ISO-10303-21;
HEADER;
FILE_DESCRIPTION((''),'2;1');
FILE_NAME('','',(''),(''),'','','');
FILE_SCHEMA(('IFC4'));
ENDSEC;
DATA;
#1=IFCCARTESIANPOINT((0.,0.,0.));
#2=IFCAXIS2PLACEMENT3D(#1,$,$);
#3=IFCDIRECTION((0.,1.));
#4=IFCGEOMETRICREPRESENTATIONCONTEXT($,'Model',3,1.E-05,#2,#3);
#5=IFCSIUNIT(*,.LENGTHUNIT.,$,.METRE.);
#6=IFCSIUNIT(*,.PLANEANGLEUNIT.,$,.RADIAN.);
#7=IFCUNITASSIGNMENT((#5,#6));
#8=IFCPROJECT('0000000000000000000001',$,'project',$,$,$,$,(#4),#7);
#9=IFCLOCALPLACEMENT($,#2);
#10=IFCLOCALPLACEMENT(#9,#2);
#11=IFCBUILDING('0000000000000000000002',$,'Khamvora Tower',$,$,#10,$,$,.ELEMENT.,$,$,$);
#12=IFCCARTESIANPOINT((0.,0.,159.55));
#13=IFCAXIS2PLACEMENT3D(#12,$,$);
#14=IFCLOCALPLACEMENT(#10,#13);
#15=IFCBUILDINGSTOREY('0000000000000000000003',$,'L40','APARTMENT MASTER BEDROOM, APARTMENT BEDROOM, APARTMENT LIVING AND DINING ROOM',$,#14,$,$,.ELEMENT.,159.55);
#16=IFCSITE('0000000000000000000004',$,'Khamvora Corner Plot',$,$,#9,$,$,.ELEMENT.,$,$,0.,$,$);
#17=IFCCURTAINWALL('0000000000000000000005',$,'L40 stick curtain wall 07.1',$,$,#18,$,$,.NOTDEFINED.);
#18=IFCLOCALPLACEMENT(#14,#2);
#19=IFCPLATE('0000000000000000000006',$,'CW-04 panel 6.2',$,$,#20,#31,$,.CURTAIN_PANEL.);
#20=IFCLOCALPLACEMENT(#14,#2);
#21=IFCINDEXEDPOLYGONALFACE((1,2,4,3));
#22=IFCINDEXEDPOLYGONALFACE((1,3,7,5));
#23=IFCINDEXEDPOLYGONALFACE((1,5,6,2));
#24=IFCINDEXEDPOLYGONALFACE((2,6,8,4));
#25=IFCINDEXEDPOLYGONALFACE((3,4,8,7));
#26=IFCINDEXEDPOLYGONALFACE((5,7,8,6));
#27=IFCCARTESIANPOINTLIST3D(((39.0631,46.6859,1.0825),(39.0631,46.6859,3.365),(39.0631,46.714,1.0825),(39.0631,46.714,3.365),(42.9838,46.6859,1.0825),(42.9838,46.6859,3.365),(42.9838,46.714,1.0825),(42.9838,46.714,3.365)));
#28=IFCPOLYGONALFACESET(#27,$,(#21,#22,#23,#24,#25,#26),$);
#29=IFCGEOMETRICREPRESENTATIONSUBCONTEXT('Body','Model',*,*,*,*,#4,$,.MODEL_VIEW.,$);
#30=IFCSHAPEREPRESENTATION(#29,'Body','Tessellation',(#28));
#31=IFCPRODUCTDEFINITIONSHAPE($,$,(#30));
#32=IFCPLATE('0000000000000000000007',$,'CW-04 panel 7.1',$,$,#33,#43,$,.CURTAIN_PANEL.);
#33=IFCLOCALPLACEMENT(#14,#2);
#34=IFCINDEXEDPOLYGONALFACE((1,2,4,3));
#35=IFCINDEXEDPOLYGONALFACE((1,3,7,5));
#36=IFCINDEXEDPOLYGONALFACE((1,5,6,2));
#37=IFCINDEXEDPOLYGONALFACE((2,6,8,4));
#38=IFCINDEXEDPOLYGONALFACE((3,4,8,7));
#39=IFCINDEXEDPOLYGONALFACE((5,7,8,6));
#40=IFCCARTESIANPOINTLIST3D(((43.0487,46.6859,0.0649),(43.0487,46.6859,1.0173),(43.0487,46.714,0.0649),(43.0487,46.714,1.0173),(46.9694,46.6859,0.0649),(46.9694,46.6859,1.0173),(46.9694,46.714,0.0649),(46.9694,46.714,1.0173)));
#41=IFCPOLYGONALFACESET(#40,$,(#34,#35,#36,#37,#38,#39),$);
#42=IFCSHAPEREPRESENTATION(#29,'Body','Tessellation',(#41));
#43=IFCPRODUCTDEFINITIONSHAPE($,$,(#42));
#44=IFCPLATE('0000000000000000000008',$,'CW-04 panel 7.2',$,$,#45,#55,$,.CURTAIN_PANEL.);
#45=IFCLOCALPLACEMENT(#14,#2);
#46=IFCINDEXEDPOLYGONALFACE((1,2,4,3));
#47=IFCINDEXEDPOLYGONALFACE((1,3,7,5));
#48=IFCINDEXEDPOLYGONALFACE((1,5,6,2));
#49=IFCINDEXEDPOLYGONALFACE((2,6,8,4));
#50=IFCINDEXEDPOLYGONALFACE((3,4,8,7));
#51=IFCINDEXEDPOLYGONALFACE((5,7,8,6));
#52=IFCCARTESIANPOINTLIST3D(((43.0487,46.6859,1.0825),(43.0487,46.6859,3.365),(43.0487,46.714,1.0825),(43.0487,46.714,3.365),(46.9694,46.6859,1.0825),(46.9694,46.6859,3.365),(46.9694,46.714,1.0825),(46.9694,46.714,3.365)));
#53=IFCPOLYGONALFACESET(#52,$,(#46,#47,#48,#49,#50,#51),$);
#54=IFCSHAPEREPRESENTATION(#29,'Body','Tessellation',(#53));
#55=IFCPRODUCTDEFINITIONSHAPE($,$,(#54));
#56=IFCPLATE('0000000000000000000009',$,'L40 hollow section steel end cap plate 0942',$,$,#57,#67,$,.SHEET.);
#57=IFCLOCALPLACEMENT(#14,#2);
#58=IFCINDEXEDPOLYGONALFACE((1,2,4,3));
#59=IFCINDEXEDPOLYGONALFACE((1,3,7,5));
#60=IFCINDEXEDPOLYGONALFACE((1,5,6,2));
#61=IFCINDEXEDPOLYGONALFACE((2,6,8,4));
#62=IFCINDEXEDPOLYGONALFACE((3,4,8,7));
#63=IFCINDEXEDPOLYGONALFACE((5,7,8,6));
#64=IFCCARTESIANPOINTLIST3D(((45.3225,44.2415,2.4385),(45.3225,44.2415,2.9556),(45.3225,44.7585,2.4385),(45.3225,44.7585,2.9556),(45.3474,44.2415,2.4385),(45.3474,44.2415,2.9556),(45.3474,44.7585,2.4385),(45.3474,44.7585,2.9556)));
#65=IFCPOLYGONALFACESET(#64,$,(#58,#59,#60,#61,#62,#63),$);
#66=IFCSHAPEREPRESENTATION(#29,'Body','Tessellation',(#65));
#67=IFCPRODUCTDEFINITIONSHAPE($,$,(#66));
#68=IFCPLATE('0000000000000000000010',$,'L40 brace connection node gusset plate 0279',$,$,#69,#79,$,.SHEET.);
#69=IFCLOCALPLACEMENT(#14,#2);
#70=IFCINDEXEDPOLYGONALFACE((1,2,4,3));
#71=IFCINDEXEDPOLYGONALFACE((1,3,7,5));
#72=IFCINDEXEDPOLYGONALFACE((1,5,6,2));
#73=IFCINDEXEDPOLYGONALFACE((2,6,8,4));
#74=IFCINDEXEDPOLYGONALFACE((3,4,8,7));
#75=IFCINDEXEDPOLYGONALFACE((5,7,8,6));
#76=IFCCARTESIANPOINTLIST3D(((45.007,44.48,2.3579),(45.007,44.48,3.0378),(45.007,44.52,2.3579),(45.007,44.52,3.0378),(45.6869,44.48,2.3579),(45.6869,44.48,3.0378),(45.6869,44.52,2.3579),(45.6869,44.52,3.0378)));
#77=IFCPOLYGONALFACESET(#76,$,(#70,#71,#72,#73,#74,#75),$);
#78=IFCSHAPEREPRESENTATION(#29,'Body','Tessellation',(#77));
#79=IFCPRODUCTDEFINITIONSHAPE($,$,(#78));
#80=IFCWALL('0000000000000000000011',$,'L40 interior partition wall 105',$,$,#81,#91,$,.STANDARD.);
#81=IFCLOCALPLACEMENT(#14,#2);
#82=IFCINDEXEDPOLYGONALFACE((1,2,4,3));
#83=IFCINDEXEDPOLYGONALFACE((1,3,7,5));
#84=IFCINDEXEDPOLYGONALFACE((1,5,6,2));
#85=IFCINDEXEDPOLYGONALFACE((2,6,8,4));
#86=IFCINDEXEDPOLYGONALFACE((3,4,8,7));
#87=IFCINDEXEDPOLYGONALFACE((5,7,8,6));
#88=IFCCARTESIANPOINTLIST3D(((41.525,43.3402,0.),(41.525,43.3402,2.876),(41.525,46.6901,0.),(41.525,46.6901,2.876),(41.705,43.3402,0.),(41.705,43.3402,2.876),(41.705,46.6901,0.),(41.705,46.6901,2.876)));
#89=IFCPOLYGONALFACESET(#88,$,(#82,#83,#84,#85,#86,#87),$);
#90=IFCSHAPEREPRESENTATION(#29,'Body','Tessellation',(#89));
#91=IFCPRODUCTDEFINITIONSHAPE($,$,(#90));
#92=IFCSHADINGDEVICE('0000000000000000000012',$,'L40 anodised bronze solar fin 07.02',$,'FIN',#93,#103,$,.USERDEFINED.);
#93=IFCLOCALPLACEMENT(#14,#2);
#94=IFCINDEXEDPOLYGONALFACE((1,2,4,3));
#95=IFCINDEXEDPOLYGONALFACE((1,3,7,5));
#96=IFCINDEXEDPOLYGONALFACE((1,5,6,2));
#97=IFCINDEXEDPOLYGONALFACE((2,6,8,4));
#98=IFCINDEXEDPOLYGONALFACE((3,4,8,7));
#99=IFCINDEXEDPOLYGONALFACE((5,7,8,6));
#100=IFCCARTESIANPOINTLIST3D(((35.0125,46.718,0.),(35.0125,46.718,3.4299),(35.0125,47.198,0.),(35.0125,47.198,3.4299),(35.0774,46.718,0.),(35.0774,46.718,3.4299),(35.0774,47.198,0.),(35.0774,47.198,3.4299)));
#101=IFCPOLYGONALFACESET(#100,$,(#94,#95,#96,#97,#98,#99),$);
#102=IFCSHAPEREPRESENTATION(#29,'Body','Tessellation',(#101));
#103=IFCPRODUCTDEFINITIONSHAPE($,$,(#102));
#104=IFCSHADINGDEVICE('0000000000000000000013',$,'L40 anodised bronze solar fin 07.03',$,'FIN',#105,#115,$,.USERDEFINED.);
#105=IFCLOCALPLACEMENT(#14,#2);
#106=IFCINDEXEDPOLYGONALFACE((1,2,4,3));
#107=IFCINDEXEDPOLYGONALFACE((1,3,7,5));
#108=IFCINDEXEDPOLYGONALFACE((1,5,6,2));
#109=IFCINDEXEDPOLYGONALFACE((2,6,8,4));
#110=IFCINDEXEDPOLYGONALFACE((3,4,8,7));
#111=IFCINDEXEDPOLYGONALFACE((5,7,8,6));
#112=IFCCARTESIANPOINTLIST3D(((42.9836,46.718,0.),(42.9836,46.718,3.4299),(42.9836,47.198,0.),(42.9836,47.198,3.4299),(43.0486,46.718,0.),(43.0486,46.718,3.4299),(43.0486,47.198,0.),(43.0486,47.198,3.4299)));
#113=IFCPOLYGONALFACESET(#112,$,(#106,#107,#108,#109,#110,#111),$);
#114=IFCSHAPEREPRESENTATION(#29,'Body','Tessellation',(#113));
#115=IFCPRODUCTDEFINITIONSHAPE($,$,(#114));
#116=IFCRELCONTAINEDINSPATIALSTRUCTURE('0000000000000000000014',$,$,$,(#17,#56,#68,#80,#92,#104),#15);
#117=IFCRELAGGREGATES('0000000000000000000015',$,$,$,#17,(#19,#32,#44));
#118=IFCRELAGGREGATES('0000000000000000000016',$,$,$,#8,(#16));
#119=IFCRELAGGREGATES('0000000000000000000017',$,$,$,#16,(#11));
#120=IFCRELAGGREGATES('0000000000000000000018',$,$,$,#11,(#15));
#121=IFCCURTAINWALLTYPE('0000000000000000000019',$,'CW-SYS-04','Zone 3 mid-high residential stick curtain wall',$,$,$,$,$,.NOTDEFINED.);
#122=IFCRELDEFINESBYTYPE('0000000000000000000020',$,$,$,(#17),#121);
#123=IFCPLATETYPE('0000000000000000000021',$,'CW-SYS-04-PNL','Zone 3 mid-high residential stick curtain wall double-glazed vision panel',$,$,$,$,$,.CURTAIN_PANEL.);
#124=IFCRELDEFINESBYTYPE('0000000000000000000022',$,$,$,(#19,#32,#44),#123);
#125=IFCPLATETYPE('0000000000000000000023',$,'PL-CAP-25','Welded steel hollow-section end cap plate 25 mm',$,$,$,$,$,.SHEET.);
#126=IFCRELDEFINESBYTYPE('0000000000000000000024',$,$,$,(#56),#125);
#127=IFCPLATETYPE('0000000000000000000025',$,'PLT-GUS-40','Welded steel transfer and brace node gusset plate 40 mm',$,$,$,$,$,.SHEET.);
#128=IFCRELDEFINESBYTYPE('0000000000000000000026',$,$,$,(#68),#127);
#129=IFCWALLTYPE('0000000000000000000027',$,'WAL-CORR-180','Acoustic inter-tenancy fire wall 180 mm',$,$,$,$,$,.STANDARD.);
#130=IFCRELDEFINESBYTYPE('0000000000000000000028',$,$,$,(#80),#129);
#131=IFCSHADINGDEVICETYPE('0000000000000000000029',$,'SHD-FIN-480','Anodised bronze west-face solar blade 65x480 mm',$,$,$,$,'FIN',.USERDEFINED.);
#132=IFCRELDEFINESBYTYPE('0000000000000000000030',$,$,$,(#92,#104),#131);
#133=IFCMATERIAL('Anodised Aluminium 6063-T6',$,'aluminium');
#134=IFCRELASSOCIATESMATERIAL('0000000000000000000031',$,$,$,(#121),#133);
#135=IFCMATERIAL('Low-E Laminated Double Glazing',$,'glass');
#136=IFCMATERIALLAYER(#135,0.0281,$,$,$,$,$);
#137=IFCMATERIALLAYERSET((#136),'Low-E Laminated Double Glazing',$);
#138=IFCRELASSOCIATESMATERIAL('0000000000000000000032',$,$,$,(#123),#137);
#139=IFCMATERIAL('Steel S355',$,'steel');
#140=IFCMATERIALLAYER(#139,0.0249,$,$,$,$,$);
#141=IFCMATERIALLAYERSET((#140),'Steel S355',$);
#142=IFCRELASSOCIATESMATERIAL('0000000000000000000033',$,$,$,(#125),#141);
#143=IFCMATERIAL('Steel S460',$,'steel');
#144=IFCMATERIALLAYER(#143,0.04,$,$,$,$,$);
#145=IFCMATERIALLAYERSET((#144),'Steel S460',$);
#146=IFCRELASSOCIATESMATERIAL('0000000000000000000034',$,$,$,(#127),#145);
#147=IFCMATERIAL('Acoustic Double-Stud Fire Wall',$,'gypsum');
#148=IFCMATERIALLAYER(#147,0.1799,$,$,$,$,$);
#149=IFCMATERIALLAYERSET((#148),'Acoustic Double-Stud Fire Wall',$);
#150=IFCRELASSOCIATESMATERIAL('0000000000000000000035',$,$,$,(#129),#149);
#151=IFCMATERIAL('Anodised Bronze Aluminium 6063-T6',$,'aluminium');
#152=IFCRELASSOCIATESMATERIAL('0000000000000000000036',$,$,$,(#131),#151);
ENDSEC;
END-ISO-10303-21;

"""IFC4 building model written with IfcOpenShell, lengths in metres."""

from ifc_helpers import new_model, si_unit, direction, frame, frame_2d, origin, origin_2d, place, context, subcontext, project, spatial, rectangle, extrude, material, layer, layer_set, type_object, element, aggregate, save


model = new_model("IFC4")

# Units and contexts
model_context = context("Model", 3, precision=1e-05, world=origin(), true_north=direction((0.0, 1.0)))
body_context = subcontext(model_context, "Body", "Model", "MODEL_VIEW")
ifc_project = project(units=[si_unit("LENGTHUNIT", "METRE"), si_unit("PLANEANGLEUNIT", "RADIAN")], contexts=[model_context])

# Site, building, storey
site_placement = place(None, origin())
site = spatial("IfcSite", under=ifc_project, at=site_placement, Name="Khamvora Corner Plot", CompositionType="ELEMENT", RefElevation=0.0)
building_placement = place(site_placement, origin())
building = spatial("IfcBuilding", under=site, at=building_placement, Name="Khamvora Tower", CompositionType="ELEMENT")
storey_placement = place(building_placement, frame((0.0, 0.0, 159.55)))
storey = spatial("IfcBuildingStorey", under=building, at=storey_placement, Name="L40", Description="APARTMENT MASTER BEDROOM, APARTMENT BEDROOM, APARTMENT LIVING AND DINING ROOM", CompositionType="ELEMENT", Elevation=159.55)

# Shared definitions
ifc_material_1 = material(Name="Steel S355", Category="steel")

# Curtain wall
ifc_material_2 = material(Name="Anodised Aluminium 6063-T6", Category="aluminium")
curtain_wall_type = type_object("IfcCurtainWallType", Name="CW-SYS-04", Description="Zone 3 mid-high residential stick curtain wall", PredefinedType="NOTDEFINED", material=ifc_material_2)
curtain_wall_placement = place(storey_placement, origin())
curtain_wall = element("IfcCurtainWall", 1, at=curtain_wall_placement, inside=storey, type_object=curtain_wall_type, Name="L40 stick curtain wall 07.1", PredefinedType="NOTDEFINED")

# Plates
ifc_material_3 = material(Name="Low-E Laminated Double Glazing", Category="glass")
ifc_layer_1 = layer(ifc_material_3, 0.0281)
ifc_layer_set_1 = layer_set([ifc_layer_1], Name="Low-E Laminated Double Glazing")
plate_type_1 = type_object("IfcPlateType", Name="CW-SYS-04-PNL", Description="Zone 3 mid-high residential stick curtain wall double-glazed vision panel", PredefinedType="CURTAIN_PANEL", material=ifc_layer_set_1)
plate_1_placement = place(storey_placement, frame((41.0234, 46.7, 1.0825), z_axis=(0.0, 0.0, 1.0), x_axis=(1.0, 0.0, 0.0)))
plate_1 = element("IfcPlate", 2, at=plate_1_placement, type_object=plate_type_1, Name="CW-04 panel 6.2", PredefinedType="CURTAIN_PANEL", context=body_context, shape_type="SweptSolid", body=[
    extrude(rectangle(XDim=3.9207, YDim=0.0281, at=origin_2d()), origin(), (0.0, 0.0, 1.0), 2.2825),
])
plate_2_placement = place(storey_placement, frame((45.009, 46.7, 0.0649), z_axis=(0.0, 0.0, 1.0), x_axis=(1.0, 0.0, 0.0)))
plate_2 = element("IfcPlate", 3, at=plate_2_placement, type_object=plate_type_1, Name="CW-04 panel 7.1", PredefinedType="CURTAIN_PANEL", context=body_context, shape_type="SweptSolid", body=[
    extrude(rectangle(XDim=3.9207, YDim=0.0281, at=origin_2d()), origin(), (0.0, 0.0, 1.0), 0.9524),
])
plate_3_placement = place(storey_placement, frame((45.009, 46.7, 1.0825), z_axis=(0.0, 0.0, 1.0), x_axis=(1.0, 0.0, 0.0)))
plate_3 = element("IfcPlate", 4, at=plate_3_placement, type_object=plate_type_1, Name="CW-04 panel 7.2", PredefinedType="CURTAIN_PANEL", context=body_context, shape_type="SweptSolid", body=[
    extrude(rectangle(XDim=3.9207, YDim=0.0281, at=origin_2d()), origin(), (0.0, 0.0, 1.0), 2.2825),
])
aggregate(curtain_wall, [plate_1, plate_2, plate_3])

# Plates
ifc_layer_2 = layer(ifc_material_1, 0.0249)
ifc_layer_set_2 = layer_set([ifc_layer_2], Name="Steel S355")
plate_type_2 = type_object("IfcPlateType", Name="PL-CAP-25", Description="Welded steel hollow-section end cap plate 25 mm", PredefinedType="SHEET", material=ifc_layer_set_2)
plate_4_placement = place(storey_placement, frame((45.335, 44.5, 2.4385), z_axis=(0.0, 0.0, 1.0), x_axis=(1.0, 0.0, 0.0)))
element("IfcPlate", 5, at=plate_4_placement, inside=storey, type_object=plate_type_2, Name="L40 hollow section steel end cap plate 0942", PredefinedType="SHEET", context=body_context, shape_type="SweptSolid", body=[
    extrude(rectangle(XDim=0.0249, YDim=0.5171, at=origin_2d()), origin(), (0.0, 0.0, 1.0), 0.5171),
])
ifc_material_4 = material(Name="Steel S460", Category="steel")
ifc_layer_3 = layer(ifc_material_4, 0.04)
ifc_layer_set_3 = layer_set([ifc_layer_3], Name="Steel S460")
plate_type_3 = type_object("IfcPlateType", Name="PLT-GUS-40", Description="Welded steel transfer and brace node gusset plate 40 mm", PredefinedType="SHEET", material=ifc_layer_set_3)
plate_5_placement = place(storey_placement, frame((45.3469, 44.5, 2.3579), z_axis=(0.0, 0.0, 1.0), x_axis=(1.0, 0.0, 0.0)))
element("IfcPlate", 6, at=plate_5_placement, inside=storey, type_object=plate_type_3, Name="L40 brace connection node gusset plate 0279", PredefinedType="SHEET", context=body_context, shape_type="SweptSolid", body=[
    extrude(rectangle(XDim=0.6799, YDim=0.04, at=origin_2d()), origin(), (0.0, 0.0, 1.0), 0.6799),
])

# Wall
ifc_material_5 = material(Name="Acoustic Double-Stud Fire Wall", Category="gypsum")
ifc_layer_4 = layer(ifc_material_5, 0.1799)
ifc_layer_set_4 = layer_set([ifc_layer_4], Name="Acoustic Double-Stud Fire Wall")
wall_type = type_object("IfcWallType", Name="WAL-CORR-180", Description="Acoustic inter-tenancy fire wall 180 mm", PredefinedType="STANDARD", material=ifc_layer_set_4)
wall_placement = place(storey_placement, frame((41.615, 46.6899, 0.0), z_axis=(0.0, 0.0, 1.0), x_axis=(0.0, -1.0, 0.0)))
element("IfcWall", 7, at=wall_placement, inside=storey, type_object=wall_type, Name="L40 interior partition wall 105", PredefinedType="STANDARD", context=body_context, shape_type="SweptSolid", body=[
    extrude(rectangle(XDim=3.3499, YDim=0.1799, at=frame_2d((1.6748, 0.0))), origin(), (0.0, 0.0, 1.0), 2.876),
])

# Shading devices
ifc_material_6 = material(Name="Anodised Bronze Aluminium 6063-T6", Category="aluminium")
shading_device_type = type_object("IfcShadingDeviceType", Name="SHD-FIN-480", Description="Anodised bronze west-face solar blade 65x480 mm", ElementType="FIN", PredefinedType="USERDEFINED", material=ifc_material_6)
for number, where, z_axis, x_axis, name in (
    (8, (35.0449, 46.958, 0.0), (0.0, 0.0, 1.0), (1.0, 0.0, 0.0), "L40 anodised bronze solar fin 07.02"),
    (9, (43.0161, 46.958, 0.0), (0.0, 0.0, 1.0), (1.0, 0.0, 0.0), "L40 anodised bronze solar fin 07.03"),
):
    element("IfcShadingDevice", number, at=place(storey_placement, frame(where, z_axis=z_axis, x_axis=x_axis)), inside=storey, type_object=shading_device_type, Name=name, ObjectType="FIN", PredefinedType="USERDEFINED", context=body_context, shape_type="SweptSolid", body=[
        extrude(rectangle(XDim=0.0649, YDim=0.48, at=origin_2d()), origin(), (0.0, 0.0, 1.0), 3.4299),
    ])

save(model, "model.ifc")
